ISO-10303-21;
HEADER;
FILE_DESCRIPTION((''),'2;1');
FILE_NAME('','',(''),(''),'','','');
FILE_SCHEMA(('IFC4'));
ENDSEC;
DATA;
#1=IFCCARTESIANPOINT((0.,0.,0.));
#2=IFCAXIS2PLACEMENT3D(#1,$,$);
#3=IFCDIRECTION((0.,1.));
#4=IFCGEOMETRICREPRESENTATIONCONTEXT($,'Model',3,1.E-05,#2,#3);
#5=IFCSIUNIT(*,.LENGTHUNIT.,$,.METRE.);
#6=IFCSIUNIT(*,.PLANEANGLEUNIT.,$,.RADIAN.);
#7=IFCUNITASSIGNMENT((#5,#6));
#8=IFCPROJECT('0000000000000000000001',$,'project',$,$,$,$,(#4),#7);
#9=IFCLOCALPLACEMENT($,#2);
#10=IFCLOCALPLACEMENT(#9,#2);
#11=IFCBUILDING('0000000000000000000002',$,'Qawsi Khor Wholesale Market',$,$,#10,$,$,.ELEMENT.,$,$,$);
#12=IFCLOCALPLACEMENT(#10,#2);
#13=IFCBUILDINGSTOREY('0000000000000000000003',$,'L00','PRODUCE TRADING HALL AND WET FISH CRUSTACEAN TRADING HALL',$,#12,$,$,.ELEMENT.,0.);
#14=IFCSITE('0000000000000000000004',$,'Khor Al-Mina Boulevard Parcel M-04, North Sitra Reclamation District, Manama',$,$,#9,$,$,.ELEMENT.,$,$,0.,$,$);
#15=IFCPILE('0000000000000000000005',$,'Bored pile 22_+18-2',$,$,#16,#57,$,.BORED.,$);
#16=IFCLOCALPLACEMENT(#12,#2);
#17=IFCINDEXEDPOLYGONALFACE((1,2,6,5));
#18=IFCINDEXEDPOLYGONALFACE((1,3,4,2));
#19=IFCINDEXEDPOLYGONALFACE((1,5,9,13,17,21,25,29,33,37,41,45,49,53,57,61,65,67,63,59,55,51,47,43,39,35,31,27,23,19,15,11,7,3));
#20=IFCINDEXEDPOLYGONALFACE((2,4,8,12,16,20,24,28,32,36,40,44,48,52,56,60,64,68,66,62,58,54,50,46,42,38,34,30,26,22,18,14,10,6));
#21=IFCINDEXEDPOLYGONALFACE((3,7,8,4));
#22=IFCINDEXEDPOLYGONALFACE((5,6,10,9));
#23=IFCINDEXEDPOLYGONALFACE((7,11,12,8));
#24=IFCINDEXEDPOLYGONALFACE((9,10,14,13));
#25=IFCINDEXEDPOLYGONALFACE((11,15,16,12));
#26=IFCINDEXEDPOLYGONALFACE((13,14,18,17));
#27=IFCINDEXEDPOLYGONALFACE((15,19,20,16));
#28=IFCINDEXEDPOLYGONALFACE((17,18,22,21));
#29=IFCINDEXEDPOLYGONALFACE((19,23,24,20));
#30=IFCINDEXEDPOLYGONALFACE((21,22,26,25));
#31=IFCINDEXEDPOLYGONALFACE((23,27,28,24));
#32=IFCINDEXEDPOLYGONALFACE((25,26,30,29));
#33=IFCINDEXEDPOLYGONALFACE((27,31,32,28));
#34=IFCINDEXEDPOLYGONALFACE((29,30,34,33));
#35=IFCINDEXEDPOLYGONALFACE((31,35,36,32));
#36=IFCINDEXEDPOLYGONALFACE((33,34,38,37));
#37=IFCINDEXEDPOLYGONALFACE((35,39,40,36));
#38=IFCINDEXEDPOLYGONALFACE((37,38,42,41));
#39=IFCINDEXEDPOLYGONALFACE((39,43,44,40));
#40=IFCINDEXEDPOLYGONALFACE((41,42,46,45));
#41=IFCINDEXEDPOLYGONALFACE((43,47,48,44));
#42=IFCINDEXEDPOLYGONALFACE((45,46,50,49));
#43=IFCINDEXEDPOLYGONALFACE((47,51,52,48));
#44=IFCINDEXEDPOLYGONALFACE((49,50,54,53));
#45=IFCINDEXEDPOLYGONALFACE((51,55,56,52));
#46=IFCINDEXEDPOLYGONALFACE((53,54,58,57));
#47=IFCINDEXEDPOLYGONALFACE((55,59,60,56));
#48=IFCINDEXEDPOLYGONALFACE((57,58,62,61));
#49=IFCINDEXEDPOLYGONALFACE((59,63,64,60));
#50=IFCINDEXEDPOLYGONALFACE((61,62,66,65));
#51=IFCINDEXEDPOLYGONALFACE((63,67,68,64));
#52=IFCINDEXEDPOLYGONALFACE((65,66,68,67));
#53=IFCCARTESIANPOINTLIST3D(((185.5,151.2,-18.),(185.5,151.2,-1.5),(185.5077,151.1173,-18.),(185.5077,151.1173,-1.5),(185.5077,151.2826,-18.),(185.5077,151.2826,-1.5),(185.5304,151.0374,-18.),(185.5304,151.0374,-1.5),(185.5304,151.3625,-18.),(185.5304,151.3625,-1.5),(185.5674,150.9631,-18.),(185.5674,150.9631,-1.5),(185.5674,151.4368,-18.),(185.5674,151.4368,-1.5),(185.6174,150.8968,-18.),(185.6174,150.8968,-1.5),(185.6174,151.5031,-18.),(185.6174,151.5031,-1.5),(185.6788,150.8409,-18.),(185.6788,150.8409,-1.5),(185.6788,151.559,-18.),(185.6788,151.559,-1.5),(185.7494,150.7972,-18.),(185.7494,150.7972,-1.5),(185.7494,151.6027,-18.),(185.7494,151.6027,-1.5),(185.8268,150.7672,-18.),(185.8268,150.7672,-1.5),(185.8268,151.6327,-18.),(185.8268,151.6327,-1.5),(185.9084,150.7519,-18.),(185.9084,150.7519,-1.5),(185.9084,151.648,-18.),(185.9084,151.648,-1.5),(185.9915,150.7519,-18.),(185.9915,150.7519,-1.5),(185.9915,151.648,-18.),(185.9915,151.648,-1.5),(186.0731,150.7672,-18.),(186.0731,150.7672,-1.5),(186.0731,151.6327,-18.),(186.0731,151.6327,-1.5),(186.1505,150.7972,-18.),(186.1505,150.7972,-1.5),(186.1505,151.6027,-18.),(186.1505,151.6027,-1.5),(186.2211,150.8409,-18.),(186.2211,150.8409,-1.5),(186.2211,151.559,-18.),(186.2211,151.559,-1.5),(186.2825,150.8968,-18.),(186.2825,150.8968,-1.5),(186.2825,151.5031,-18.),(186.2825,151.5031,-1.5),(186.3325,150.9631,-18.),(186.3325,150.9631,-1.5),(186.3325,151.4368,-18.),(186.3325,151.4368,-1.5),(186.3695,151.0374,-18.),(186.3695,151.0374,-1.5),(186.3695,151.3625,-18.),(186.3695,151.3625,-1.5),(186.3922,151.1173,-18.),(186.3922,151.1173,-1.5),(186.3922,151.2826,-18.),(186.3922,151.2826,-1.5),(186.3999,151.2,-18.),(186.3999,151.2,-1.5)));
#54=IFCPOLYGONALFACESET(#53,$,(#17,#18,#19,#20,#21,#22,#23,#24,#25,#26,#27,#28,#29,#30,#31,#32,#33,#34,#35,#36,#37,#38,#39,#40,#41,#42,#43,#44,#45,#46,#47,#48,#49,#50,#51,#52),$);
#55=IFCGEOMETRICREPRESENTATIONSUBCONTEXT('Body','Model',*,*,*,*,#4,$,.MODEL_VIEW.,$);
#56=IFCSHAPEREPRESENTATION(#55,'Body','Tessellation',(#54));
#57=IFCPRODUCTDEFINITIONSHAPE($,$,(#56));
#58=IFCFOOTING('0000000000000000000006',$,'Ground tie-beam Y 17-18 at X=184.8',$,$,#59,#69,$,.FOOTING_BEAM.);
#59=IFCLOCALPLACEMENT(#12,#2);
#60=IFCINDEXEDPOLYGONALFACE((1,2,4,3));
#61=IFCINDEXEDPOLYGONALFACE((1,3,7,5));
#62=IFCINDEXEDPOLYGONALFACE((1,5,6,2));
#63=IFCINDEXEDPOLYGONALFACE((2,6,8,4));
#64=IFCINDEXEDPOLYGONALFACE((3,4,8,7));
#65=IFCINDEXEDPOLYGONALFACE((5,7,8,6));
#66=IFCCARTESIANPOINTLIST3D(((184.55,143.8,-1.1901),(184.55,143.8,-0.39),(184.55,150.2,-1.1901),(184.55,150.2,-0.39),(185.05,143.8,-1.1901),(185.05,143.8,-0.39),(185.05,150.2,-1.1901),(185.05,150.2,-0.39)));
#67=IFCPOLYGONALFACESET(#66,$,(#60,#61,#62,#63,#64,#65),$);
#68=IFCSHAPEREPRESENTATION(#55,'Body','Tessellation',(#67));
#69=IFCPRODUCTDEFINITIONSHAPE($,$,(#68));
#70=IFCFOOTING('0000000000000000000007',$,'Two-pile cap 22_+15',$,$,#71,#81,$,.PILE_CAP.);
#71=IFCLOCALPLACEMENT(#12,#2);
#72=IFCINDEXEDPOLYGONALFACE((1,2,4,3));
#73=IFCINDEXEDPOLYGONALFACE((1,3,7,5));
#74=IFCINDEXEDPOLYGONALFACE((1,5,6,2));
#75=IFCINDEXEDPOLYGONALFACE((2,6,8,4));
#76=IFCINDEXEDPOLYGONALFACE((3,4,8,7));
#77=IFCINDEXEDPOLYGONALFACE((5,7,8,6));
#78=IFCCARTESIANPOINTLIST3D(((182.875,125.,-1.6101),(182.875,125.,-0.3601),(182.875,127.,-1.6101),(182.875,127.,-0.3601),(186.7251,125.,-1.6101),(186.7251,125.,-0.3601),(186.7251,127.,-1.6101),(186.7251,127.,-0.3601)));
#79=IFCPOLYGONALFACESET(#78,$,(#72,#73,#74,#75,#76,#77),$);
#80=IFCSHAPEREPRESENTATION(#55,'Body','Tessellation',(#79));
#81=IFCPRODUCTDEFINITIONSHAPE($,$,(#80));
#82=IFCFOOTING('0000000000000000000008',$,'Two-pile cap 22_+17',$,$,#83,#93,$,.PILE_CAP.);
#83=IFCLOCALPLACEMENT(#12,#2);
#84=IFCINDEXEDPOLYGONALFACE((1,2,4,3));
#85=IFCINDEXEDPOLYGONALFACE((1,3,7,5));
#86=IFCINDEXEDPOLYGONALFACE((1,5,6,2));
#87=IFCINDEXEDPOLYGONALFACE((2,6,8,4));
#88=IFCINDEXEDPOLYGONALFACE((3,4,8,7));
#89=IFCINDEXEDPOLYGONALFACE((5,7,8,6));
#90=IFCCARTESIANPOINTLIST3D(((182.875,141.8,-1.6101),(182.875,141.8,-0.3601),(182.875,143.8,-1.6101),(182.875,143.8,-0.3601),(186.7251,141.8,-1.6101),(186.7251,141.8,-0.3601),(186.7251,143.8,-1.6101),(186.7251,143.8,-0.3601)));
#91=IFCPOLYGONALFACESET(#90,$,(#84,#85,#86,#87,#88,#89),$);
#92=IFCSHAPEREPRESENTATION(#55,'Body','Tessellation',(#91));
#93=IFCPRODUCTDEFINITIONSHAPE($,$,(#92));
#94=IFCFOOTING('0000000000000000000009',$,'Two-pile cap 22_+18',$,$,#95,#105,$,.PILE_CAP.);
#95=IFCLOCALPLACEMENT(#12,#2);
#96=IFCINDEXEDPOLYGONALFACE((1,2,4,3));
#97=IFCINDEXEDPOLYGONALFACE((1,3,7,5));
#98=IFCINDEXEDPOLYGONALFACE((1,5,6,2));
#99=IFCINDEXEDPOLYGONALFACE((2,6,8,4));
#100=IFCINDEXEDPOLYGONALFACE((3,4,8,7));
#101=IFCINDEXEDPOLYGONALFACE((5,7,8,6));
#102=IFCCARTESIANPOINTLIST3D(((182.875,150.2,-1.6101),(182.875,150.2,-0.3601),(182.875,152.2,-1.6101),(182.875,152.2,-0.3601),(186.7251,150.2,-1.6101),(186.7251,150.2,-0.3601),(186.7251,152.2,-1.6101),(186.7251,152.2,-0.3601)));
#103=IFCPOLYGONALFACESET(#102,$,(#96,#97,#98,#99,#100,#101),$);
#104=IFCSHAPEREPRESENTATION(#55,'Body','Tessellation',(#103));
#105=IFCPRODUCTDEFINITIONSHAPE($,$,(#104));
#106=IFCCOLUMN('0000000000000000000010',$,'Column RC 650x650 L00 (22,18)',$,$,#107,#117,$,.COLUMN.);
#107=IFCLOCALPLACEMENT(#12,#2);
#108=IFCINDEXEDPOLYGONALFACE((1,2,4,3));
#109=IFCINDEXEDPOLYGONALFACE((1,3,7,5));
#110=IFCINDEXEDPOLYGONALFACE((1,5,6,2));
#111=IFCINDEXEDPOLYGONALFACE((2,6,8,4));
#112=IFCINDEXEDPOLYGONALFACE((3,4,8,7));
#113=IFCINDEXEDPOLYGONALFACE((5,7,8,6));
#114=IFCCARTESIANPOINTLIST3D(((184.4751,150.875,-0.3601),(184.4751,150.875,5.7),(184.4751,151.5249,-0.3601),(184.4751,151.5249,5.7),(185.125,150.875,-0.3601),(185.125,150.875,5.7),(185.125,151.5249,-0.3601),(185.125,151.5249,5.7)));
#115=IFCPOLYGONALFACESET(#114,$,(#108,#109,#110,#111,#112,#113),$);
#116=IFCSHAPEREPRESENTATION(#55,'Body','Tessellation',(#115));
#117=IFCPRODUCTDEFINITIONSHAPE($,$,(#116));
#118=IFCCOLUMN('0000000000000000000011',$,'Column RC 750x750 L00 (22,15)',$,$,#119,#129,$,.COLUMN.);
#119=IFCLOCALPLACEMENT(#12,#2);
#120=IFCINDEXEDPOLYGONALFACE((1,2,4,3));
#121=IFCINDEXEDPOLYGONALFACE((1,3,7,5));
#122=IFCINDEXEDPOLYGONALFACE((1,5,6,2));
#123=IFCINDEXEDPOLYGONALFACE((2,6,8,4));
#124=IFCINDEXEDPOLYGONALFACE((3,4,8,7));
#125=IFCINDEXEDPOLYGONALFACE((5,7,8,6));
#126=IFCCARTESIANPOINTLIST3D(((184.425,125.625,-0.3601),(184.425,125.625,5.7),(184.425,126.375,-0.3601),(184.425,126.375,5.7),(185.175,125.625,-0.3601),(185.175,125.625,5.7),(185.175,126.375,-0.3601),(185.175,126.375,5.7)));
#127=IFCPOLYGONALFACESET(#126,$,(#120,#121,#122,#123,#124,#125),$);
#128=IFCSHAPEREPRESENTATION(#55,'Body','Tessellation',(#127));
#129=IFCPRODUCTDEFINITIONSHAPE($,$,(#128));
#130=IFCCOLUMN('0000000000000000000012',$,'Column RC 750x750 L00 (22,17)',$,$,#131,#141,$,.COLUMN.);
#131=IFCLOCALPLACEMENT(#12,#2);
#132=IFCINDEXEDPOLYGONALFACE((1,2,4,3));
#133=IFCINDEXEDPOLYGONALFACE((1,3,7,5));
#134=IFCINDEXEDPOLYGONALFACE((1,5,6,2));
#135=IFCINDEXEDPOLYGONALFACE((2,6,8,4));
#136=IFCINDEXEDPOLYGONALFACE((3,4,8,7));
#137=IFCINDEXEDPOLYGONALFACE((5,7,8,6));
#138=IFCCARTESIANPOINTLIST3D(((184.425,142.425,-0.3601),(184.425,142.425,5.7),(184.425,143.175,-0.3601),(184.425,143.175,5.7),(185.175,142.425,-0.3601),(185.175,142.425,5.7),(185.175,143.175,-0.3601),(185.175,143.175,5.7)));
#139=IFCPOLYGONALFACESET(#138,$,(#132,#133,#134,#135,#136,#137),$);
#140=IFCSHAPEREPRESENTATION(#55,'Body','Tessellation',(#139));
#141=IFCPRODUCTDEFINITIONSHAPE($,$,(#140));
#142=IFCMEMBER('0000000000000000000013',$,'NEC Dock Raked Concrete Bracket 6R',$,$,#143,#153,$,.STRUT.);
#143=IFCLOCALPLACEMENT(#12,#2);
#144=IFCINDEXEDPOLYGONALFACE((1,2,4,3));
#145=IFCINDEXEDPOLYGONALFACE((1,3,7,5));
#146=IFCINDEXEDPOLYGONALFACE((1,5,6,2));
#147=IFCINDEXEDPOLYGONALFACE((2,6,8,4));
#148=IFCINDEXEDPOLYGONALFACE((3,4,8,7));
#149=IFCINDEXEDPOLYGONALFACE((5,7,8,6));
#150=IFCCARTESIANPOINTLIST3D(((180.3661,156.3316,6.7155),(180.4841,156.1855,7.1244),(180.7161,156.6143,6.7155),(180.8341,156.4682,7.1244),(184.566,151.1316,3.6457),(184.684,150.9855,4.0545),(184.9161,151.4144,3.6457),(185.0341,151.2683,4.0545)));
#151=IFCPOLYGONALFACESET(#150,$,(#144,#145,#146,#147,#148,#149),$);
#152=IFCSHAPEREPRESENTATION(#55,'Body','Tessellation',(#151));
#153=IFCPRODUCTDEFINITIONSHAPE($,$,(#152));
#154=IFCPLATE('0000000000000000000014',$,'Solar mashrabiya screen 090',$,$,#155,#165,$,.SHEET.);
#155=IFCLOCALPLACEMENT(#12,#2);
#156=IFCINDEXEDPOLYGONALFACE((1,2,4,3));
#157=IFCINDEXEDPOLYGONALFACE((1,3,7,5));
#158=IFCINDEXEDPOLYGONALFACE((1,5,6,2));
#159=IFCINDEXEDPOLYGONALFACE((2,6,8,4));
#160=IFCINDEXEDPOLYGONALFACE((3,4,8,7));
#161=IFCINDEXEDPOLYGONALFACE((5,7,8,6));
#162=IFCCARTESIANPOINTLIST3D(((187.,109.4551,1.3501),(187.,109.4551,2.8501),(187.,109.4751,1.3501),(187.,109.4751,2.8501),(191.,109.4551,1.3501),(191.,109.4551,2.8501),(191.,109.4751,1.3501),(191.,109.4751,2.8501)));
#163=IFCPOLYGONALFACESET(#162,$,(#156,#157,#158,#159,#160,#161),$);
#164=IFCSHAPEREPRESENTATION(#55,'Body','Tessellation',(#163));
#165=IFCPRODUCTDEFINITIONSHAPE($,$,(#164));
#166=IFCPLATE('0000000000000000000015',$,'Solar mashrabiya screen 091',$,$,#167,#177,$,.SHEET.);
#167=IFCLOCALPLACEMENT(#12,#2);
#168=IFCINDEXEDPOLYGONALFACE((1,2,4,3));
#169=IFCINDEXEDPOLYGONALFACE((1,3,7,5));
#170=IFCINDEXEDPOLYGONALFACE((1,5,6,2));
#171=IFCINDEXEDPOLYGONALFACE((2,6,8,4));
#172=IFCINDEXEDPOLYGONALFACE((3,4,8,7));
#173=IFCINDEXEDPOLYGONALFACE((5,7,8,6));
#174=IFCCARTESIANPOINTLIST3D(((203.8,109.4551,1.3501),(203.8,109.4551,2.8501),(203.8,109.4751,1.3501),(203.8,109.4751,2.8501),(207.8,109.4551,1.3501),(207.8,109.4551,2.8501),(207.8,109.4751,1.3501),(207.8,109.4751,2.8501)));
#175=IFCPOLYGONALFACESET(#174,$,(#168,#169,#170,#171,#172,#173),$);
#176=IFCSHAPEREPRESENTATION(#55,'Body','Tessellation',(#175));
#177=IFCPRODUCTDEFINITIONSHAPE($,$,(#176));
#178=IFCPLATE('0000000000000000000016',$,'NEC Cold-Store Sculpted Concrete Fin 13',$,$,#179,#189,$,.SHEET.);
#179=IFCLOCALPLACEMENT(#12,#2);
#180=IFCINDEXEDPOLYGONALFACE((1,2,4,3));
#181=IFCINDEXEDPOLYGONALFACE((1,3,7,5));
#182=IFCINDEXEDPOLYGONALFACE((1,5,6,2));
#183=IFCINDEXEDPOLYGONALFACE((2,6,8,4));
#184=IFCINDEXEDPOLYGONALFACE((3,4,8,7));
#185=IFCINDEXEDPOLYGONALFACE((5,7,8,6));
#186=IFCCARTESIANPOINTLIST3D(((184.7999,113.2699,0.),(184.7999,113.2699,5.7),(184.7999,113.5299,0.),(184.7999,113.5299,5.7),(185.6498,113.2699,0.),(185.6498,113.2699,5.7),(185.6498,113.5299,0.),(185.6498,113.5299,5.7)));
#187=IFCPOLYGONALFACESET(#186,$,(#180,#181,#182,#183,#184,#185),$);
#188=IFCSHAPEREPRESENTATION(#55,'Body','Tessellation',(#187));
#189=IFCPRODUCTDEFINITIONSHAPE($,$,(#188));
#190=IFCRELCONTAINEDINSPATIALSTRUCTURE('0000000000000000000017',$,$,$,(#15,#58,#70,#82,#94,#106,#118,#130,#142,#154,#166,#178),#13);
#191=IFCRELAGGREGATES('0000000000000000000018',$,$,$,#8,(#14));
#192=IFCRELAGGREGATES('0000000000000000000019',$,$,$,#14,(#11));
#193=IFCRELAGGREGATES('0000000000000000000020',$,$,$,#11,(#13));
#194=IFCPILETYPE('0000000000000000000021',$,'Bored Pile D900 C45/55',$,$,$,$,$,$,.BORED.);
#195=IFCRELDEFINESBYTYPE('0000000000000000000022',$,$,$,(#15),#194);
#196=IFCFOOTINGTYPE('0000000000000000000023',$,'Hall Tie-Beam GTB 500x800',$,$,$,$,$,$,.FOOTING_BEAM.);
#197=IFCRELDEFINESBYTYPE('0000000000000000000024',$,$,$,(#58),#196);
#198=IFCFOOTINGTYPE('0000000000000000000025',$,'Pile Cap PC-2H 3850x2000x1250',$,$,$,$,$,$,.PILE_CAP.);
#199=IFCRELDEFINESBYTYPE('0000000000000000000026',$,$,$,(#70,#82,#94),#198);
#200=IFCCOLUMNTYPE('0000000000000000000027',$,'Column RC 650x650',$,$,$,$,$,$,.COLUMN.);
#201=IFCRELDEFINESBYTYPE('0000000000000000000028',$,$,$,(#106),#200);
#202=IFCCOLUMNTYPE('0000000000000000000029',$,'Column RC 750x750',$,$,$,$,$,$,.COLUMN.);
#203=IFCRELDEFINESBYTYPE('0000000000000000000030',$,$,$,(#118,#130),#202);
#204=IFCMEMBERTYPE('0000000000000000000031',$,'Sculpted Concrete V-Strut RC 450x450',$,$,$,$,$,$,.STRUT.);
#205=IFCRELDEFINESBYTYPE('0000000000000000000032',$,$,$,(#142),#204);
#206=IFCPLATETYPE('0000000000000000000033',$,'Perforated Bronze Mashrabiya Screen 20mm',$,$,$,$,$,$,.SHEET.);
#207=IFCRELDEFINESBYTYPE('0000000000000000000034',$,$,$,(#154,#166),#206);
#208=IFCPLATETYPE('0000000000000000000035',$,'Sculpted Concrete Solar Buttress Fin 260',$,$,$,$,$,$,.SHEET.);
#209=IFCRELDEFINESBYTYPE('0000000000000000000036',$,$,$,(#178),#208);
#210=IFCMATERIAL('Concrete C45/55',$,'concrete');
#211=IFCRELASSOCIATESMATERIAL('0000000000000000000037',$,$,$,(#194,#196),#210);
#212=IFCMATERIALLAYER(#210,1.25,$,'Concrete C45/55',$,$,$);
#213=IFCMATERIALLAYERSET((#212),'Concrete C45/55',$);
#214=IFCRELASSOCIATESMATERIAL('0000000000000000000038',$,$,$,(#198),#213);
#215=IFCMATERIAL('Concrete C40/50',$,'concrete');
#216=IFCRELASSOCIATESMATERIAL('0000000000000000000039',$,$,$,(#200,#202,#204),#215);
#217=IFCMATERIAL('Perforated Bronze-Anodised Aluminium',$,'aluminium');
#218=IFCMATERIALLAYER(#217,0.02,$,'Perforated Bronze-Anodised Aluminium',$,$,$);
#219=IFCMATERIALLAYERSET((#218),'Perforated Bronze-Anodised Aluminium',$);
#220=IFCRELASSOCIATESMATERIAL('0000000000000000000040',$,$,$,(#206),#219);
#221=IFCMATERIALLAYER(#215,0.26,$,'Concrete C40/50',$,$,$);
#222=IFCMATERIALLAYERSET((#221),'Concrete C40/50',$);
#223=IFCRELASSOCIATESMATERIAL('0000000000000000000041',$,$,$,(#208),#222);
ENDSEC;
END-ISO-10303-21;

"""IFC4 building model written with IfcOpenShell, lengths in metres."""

from ifc_helpers import new_model, si_unit, direction, frame, frame_2d, origin, origin_2d, place, context, subcontext, project, spatial, rectangle, circle, extrude, material, layer, layer_set, material_profile, profile_set, type_object, element, save


model = new_model("IFC4")

# Units and contexts
model_context = context("Model", 3, precision=1e-05, world=origin(), true_north=direction((0.0, 1.0)))
body_context = subcontext(model_context, "Body", "Model", "MODEL_VIEW")
ifc_project = project(units=[si_unit("LENGTHUNIT", "METRE"), si_unit("PLANEANGLEUNIT", "RADIAN")], contexts=[model_context])

# Site, building, storey
site_placement = place(None, origin())
site = spatial("IfcSite", under=ifc_project, at=site_placement, Name="Khor Al-Mina Boulevard Parcel M-04, North Sitra Reclamation District, Manama", CompositionType="ELEMENT", RefElevation=0.0)
building_placement = place(site_placement, origin())
building = spatial("IfcBuilding", under=site, at=building_placement, Name="Qawsi Khor Wholesale Market", CompositionType="ELEMENT")
storey_placement = place(building_placement, origin())
storey = spatial("IfcBuildingStorey", under=building, at=storey_placement, Name="L00", Description="PRODUCE TRADING HALL AND WET FISH CRUSTACEAN TRADING HALL", CompositionType="ELEMENT", Elevation=0.0)

# Pile
ifc_material_1 = material(Name="Concrete C45/55", Category="concrete")
ifc_material_profile_1 = material_profile(ifc_material_1, circle(Radius=0.45, at=origin_2d()), Name="PILE D900")
ifc_profile_set_1 = profile_set([ifc_material_profile_1], Name="Concrete C45/55")
pile_type = type_object("IfcPileType", Name="Bored Pile D900 C45/55", PredefinedType="BORED", material=ifc_profile_set_1)
for number, where, z_axis, x_axis, name in (
    (1, (185.95, 151.2, -1.5), (0.0, 0.0, -1.0), (1.0, 0.0, 0.0), "Bored pile 22_+18-2"),
):
    element("IfcPile", number, at=place(storey_placement, frame(where, z_axis=z_axis, x_axis=x_axis)), inside=storey, type_object=pile_type, Name=name, PredefinedType="BORED", context=body_context, shape_type="SweptSolid", body=[
        extrude(circle(Radius=0.45, at=origin_2d()), origin(), (0.0, 0.0, 1.0), 16.5),
    ])

# Footings
ifc_material_profile_2 = material_profile(ifc_material_1, rectangle(XDim=0.5, YDim=0.8, at=origin_2d()), Name="RC 500x800")
ifc_profile_set_2 = profile_set([ifc_material_profile_2], Name="Concrete C45/55")
footing_type_1 = type_object("IfcFootingType", Name="Hall Tie-Beam GTB 500x800", PredefinedType="FOOTING_BEAM", material=ifc_profile_set_2)
footing_placement = place(storey_placement, frame((184.8, 143.8, -0.79), z_axis=(0.0, 1.0, 0.0), x_axis=(-1.0, 0.0, 0.0)))
element("IfcFooting", 2, at=footing_placement, inside=storey, type_object=footing_type_1, Name="Ground tie-beam Y 17-18 at X=184.8", PredefinedType="FOOTING_BEAM", context=body_context, shape_type="SweptSolid", body=[
    extrude(rectangle(XDim=0.5, YDim=0.8, at=origin_2d()), origin(), (0.0, 0.0, 1.0), 6.3999),
])
ifc_layer_1 = layer(ifc_material_1, 1.25, Name="Concrete C45/55")
ifc_layer_set_1 = layer_set([ifc_layer_1], Name="Concrete C45/55")
footing_type_2 = type_object("IfcFootingType", Name="Pile Cap PC-2H 3850x2000x1250", PredefinedType="PILE_CAP", material=ifc_layer_set_1)
for number, where, z_axis, x_axis, name in (
    (3, (184.8, 126.0, -1.6101), (0.0, 0.0, 1.0), (1.0, 0.0, 0.0), "Two-pile cap 22_+15"),
    (4, (184.8, 142.8, -1.6101), (0.0, 0.0, 1.0), (1.0, 0.0, 0.0), "Two-pile cap 22_+17"),
    (5, (184.8, 151.2, -1.6101), (0.0, 0.0, 1.0), (1.0, 0.0, 0.0), "Two-pile cap 22_+18"),
):
    element("IfcFooting", number, at=place(storey_placement, frame(where, z_axis=z_axis, x_axis=x_axis)), inside=storey, type_object=footing_type_2, Name=name, PredefinedType="PILE_CAP", context=body_context, shape_type="SweptSolid", body=[
        extrude(rectangle(XDim=3.8501, YDim=2.0, at=origin_2d()), origin(), (0.0, 0.0, 1.0), 1.25),
    ])

# Columns
ifc_material_2 = material(Name="Concrete C40/50", Category="concrete")
ifc_material_profile_3 = material_profile(ifc_material_2, rectangle(XDim=0.6499, YDim=0.6499, at=origin_2d()), Name="RC 650x650")
ifc_profile_set_3 = profile_set([ifc_material_profile_3], Name="Concrete C40/50")
column_type_1 = type_object("IfcColumnType", Name="Column RC 650x650", PredefinedType="COLUMN", material=ifc_profile_set_3)
column_placement = place(storey_placement, frame((184.8, 151.2, -0.3601), z_axis=(0.0, 0.0, 1.0), x_axis=(1.0, 0.0, 0.0)))
element("IfcColumn", 6, at=column_placement, inside=storey, type_object=column_type_1, Name="Column RC 650x650 L00 (22,18)", PredefinedType="COLUMN", context=body_context, shape_type="SweptSolid", body=[
    extrude(rectangle(XDim=0.6499, YDim=0.6499, at=origin_2d()), origin(), (0.0, 0.0, 1.0), 6.0601),
])
ifc_material_profile_4 = material_profile(ifc_material_2, rectangle(XDim=0.75, YDim=0.75, at=origin_2d()), Name="RC 750x750")
ifc_profile_set_4 = profile_set([ifc_material_profile_4], Name="Concrete C40/50")
column_type_2 = type_object("IfcColumnType", Name="Column RC 750x750", PredefinedType="COLUMN", material=ifc_profile_set_4)
for number, where, z_axis, x_axis, name in (
    (7, (184.8, 126.0, -0.3601), (0.0, 0.0, 1.0), (1.0, 0.0, 0.0), "Column RC 750x750 L00 (22,15)"),
    (8, (184.8, 142.8, -0.3601), (0.0, 0.0, 1.0), (1.0, 0.0, 0.0), "Column RC 750x750 L00 (22,17)"),
):
    element("IfcColumn", number, at=place(storey_placement, frame(where, z_axis=z_axis, x_axis=x_axis)), inside=storey, type_object=column_type_2, Name=name, PredefinedType="COLUMN", context=body_context, shape_type="SweptSolid", body=[
        extrude(rectangle(XDim=0.75, YDim=0.75, at=origin_2d()), origin(), (0.0, 0.0, 1.0), 6.0601),
    ])

# Member
ifc_material_profile_5 = material_profile(ifc_material_2, rectangle(XDim=0.45, YDim=0.45, at=origin_2d()), Name="RC 450x450")
ifc_profile_set_5 = profile_set([ifc_material_profile_5], Name="Concrete C40/50")
member_type = type_object("IfcMemberType", Name="Sculpted Concrete V-Strut RC 450x450", PredefinedType="STRUT", material=ifc_profile_set_5)
member_placement = place(storey_placement, frame((184.8, 151.2, 3.8501), z_axis=(-0.570997, 0.70695, 0.417353), x_axis=(-0.777942, -0.628336, 0.0)))
element("IfcMember", 9, at=member_placement, inside=storey, type_object=member_type, Name="NEC Dock Raked Concrete Bracket 6R", PredefinedType="STRUT", context=body_context, shape_type="SweptSolid", body=[
    extrude(rectangle(XDim=0.45, YDim=0.45, at=origin_2d()), origin(), (0.0, 0.0, 1.0), 7.3555),
])

# Plates
ifc_material_3 = material(Name="Perforated Bronze-Anodised Aluminium", Category="aluminium")
ifc_layer_2 = layer(ifc_material_3, 0.02, Name="Perforated Bronze-Anodised Aluminium")
ifc_layer_set_2 = layer_set([ifc_layer_2], Name="Perforated Bronze-Anodised Aluminium")
plate_type_1 = type_object("IfcPlateType", Name="Perforated Bronze Mashrabiya Screen 20mm", PredefinedType="SHEET", material=ifc_layer_set_2)
for number, where, z_axis, x_axis, name in (
    (10, (187.0, 109.4651, 1.3501), (0.0, 0.0, 1.0), (1.0, 0.0, 0.0), "Solar mashrabiya screen 090"),
    (11, (203.8, 109.4651, 1.3501), (0.0, 0.0, 1.0), (1.0, 0.0, 0.0), "Solar mashrabiya screen 091"),
):
    element("IfcPlate", number, at=place(storey_placement, frame(where, z_axis=z_axis, x_axis=x_axis)), inside=storey, type_object=plate_type_1, Name=name, PredefinedType="SHEET", context=body_context, shape_type="SweptSolid", body=[
        extrude(rectangle(XDim=4.0, YDim=0.02, at=frame_2d((2.0, 0.0))), origin(), (0.0, 0.0, 1.0), 1.5),
    ])
ifc_layer_3 = layer(ifc_material_2, 0.26, Name="Concrete C40/50")
ifc_layer_set_3 = layer_set([ifc_layer_3], Name="Concrete C40/50")
plate_type_2 = type_object("IfcPlateType", Name="Sculpted Concrete Solar Buttress Fin 260", PredefinedType="SHEET", material=ifc_layer_set_3)
for number, where, z_axis, x_axis, name in (
    (12, (184.8, 113.3999, 0.0), (0.0, 0.0, 1.0), (1.0, 0.0, 0.0), "NEC Cold-Store Sculpted Concrete Fin 13"),
):
    element("IfcPlate", number, at=place(storey_placement, frame(where, z_axis=z_axis, x_axis=x_axis)), inside=storey, type_object=plate_type_2, Name=name, PredefinedType="SHEET", context=body_context, shape_type="SweptSolid", body=[
        extrude(rectangle(XDim=0.8499, YDim=0.26, at=frame_2d((0.4248, 0.0))), origin(), (0.0, 0.0, 1.0), 5.7),
    ])

save(model, "model.ifc")
